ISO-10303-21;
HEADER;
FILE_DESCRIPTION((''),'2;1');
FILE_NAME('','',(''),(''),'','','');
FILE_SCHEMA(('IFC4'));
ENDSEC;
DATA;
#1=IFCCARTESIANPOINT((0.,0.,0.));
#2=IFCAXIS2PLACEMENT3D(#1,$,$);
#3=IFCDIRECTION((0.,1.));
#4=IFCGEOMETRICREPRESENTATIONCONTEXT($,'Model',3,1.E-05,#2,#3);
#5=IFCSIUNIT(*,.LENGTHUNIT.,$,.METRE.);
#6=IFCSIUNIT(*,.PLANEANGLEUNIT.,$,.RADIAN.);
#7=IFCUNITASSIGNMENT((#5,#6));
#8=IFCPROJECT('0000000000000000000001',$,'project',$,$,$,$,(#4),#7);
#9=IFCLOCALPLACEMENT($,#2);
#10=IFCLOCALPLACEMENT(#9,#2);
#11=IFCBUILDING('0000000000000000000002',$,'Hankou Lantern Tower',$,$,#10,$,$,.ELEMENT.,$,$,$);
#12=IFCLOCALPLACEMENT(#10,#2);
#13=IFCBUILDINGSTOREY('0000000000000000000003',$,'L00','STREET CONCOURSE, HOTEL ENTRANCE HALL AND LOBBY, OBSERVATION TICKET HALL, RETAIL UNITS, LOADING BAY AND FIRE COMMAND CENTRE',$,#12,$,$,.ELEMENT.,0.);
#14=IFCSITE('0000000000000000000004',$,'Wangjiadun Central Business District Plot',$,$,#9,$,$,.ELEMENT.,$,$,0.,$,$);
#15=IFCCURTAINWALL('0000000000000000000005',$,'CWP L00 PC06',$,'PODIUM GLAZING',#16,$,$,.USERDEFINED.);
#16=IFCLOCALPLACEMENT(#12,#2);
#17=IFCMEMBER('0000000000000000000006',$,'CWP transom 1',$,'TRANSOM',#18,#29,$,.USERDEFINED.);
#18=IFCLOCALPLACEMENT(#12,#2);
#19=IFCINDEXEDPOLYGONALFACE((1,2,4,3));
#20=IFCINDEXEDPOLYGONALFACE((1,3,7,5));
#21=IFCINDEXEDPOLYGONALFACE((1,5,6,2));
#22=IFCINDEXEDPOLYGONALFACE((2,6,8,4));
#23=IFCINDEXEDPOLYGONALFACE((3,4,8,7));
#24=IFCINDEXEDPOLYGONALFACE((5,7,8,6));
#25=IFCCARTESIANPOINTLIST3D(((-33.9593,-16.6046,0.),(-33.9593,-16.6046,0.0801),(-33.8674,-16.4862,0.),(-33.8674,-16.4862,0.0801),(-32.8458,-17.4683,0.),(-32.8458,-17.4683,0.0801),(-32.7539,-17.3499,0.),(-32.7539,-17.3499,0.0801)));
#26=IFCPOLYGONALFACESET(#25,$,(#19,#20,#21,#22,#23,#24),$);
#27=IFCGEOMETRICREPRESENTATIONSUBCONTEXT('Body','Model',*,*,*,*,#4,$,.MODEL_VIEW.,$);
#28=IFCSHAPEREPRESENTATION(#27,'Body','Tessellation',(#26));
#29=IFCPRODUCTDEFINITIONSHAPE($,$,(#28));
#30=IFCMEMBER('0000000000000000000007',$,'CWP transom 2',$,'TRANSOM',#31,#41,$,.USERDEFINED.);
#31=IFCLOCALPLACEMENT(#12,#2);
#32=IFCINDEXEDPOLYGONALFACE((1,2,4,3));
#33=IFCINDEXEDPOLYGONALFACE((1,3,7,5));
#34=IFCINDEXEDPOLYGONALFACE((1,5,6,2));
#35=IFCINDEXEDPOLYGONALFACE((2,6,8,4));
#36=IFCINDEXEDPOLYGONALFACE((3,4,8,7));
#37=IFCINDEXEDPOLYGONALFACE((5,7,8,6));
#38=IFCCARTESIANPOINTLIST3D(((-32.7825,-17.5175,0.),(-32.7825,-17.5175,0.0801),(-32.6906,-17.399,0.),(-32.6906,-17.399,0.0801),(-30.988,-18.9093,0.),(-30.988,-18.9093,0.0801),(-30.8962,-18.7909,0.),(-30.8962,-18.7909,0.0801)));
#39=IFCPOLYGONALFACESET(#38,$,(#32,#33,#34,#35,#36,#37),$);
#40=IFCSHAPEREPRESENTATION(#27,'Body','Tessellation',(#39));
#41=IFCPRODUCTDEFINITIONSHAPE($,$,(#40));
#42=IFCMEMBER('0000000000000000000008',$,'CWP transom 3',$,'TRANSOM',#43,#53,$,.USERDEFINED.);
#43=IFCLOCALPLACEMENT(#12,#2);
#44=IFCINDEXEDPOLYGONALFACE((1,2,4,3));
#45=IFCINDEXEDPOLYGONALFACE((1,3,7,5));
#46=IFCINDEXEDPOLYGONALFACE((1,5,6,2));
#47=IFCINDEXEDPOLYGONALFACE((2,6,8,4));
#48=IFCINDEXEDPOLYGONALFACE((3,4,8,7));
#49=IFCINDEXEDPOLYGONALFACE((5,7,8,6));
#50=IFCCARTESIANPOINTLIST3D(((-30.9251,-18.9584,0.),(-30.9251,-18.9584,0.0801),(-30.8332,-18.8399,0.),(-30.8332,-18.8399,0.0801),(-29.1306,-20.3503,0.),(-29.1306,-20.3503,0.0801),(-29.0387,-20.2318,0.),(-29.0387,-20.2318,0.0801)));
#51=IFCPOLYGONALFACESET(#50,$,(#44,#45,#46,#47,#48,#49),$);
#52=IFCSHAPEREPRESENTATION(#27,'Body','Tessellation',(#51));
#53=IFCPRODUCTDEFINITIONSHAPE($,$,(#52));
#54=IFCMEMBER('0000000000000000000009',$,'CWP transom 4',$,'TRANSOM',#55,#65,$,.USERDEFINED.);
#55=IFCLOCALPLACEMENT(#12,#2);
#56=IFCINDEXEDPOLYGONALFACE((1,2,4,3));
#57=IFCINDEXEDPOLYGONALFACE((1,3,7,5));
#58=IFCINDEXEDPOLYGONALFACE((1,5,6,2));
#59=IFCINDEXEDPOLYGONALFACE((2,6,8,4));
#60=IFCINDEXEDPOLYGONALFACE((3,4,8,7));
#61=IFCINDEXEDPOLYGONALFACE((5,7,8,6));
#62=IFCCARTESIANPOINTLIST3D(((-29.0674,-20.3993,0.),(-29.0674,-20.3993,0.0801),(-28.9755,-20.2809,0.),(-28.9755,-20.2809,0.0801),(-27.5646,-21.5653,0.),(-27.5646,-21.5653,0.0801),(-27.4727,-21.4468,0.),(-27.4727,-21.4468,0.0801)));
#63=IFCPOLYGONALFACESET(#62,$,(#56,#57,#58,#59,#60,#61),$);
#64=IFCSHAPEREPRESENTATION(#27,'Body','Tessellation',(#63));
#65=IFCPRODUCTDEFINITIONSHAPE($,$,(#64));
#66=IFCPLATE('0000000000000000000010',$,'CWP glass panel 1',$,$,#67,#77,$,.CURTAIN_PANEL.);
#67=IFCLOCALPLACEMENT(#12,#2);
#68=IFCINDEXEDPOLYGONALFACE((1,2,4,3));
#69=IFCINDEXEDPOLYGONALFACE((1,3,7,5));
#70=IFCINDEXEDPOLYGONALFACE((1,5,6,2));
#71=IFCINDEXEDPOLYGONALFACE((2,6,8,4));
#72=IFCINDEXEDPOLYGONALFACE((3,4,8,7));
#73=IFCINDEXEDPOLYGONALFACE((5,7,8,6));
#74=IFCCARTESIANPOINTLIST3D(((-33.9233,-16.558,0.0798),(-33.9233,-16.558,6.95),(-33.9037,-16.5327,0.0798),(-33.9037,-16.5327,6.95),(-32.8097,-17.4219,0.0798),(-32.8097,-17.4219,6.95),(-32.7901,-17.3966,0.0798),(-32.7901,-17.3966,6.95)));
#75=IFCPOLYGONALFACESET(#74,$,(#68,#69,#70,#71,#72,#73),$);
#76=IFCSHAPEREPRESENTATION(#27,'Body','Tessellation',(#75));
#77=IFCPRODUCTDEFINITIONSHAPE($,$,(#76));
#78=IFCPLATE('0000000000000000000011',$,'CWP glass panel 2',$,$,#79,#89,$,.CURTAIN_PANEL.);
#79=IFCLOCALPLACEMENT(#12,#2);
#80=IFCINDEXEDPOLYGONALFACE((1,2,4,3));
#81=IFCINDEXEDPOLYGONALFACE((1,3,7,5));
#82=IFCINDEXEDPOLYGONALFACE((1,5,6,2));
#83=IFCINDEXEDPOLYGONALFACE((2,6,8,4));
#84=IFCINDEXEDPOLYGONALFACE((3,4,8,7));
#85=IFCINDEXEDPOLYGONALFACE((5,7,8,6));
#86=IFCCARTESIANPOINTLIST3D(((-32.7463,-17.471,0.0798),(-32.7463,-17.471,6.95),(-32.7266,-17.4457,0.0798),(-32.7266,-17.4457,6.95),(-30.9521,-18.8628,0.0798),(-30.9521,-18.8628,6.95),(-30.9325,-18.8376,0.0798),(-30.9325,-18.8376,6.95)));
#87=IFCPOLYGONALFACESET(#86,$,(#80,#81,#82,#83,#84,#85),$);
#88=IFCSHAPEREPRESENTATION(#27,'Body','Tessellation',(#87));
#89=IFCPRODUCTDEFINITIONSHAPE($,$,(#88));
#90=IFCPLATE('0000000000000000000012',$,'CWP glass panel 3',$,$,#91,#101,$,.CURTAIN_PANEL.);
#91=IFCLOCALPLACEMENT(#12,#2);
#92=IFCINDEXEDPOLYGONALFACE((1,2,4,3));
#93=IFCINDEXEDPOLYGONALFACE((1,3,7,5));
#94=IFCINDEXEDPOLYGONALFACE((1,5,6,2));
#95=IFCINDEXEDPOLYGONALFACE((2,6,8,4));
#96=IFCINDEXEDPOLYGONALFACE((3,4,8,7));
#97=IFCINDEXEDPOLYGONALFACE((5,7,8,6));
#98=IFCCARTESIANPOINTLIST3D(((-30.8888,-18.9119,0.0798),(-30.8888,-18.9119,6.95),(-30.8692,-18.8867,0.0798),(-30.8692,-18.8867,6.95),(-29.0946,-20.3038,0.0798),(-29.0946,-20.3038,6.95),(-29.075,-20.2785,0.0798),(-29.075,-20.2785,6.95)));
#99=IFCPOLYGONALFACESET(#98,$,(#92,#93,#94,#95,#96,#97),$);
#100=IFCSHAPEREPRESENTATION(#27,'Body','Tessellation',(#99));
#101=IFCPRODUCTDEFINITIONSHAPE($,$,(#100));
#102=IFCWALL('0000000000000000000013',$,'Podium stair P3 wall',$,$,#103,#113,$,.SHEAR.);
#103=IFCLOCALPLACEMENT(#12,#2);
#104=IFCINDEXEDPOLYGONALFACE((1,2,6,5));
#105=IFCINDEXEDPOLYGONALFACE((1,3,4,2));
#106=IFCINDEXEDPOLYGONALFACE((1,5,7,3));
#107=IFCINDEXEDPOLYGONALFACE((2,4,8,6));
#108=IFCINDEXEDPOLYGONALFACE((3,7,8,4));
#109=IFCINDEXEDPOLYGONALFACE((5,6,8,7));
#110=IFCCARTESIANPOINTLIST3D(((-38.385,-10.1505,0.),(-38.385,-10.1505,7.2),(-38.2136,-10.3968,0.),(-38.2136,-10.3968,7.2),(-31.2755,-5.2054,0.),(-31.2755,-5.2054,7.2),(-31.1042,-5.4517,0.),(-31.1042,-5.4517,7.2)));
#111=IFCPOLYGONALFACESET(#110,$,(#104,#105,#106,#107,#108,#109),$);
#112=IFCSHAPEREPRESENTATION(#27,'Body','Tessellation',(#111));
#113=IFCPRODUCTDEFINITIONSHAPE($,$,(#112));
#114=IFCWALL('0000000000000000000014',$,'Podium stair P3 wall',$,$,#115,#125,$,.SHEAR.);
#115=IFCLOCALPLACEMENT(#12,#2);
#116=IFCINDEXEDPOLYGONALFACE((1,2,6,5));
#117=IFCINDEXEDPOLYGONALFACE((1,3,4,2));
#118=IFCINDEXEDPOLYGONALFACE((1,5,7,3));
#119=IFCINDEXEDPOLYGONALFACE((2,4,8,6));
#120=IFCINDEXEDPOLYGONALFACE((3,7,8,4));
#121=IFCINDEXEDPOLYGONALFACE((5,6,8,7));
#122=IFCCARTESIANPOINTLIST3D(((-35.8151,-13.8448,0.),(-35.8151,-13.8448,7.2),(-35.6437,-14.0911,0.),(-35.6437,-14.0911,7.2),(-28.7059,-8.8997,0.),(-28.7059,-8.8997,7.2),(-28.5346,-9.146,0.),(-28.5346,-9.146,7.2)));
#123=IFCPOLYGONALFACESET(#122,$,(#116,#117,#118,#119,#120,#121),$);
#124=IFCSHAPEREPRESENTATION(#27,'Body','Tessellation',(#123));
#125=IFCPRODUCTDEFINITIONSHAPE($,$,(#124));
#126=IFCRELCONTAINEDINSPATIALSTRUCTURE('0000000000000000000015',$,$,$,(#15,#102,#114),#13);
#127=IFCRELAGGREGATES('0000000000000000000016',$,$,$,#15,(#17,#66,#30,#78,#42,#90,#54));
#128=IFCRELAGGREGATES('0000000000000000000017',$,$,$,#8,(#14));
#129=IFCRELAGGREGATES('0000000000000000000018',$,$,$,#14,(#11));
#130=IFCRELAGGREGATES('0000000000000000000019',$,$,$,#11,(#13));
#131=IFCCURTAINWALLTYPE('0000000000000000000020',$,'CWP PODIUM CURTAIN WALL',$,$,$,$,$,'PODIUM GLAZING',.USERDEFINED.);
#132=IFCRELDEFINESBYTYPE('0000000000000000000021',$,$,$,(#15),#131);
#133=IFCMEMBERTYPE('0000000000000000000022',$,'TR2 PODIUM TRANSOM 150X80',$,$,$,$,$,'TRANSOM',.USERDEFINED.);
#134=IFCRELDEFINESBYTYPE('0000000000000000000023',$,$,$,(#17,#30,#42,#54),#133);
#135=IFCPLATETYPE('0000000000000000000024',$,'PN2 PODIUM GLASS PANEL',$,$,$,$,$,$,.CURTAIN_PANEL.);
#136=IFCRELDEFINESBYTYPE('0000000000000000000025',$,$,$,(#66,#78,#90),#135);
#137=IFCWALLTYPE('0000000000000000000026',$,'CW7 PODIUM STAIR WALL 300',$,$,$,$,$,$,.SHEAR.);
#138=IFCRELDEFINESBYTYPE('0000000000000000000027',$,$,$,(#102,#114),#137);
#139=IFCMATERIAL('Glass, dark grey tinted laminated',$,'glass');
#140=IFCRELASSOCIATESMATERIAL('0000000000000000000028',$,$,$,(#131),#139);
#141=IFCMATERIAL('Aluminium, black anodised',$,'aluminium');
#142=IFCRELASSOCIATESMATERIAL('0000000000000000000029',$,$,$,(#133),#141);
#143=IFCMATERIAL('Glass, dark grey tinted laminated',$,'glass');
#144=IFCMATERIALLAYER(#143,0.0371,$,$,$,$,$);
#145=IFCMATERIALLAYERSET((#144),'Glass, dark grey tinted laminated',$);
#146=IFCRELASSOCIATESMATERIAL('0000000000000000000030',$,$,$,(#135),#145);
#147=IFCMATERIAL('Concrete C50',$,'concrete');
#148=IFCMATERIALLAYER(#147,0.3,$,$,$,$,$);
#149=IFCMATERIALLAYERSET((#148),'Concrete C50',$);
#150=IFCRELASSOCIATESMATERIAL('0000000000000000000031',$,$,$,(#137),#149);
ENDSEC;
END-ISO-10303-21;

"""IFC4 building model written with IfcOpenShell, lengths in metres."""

from ifc_helpers import new_model, si_unit, direction, frame, frame_2d, origin, origin_2d, place, context, subcontext, project, spatial, rectangle, extrude, material, layer, layer_set, material_profile, profile_set, type_object, element, aggregate, save


model = new_model("IFC4")

# Units and contexts
model_context = context("Model", 3, precision=1e-05, world=origin(), true_north=direction((0.0, 1.0)))
body_context = subcontext(model_context, "Body", "Model", "MODEL_VIEW")
ifc_project = project(units=[si_unit("LENGTHUNIT", "METRE"), si_unit("PLANEANGLEUNIT", "RADIAN")], contexts=[model_context])

# Site, building, storey
site_placement = place(None, origin())
site = spatial("IfcSite", under=ifc_project, at=site_placement, Name="Wangjiadun Central Business District Plot", CompositionType="ELEMENT", RefElevation=0.0)
building_placement = place(site_placement, origin())
building = spatial("IfcBuilding", under=site, at=building_placement, Name="Hankou Lantern Tower", CompositionType="ELEMENT")
storey_placement = place(building_placement, origin())
storey = spatial("IfcBuildingStorey", under=building, at=storey_placement, Name="L00", Description="STREET CONCOURSE, HOTEL ENTRANCE HALL AND LOBBY, OBSERVATION TICKET HALL, RETAIL UNITS, LOADING BAY AND FIRE COMMAND CENTRE", CompositionType="ELEMENT", Elevation=0.0)

# Curtain wall
ifc_material_1 = material(Name="Glass, dark grey tinted laminated", Category="glass")
curtain_wall_type = type_object("IfcCurtainWallType", Name="CWP PODIUM CURTAIN WALL", ElementType="PODIUM GLAZING", PredefinedType="USERDEFINED", material=ifc_material_1)
curtain_wall_placement = place(storey_placement, origin())
curtain_wall = element("IfcCurtainWall", 1, at=curtain_wall_placement, inside=storey, type_object=curtain_wall_type, Name="CWP L00 PC06", ObjectType="PODIUM GLAZING", PredefinedType="USERDEFINED")

# Members
ifc_material_2 = material(Name="Aluminium, black anodised", Category="aluminium")
ifc_material_profile_1 = material_profile(ifc_material_2, rectangle(XDim=0.1499, YDim=0.0801, at=origin_2d()), Name="TR2 150X80")
ifc_profile_set_1 = profile_set([ifc_material_profile_1], Name="Aluminium, black anodised")
member_type_1 = type_object("IfcMemberType", Name="TR2 PODIUM TRANSOM 150X80", ElementType="TRANSOM", PredefinedType="USERDEFINED", material=ifc_profile_set_1)
member_1_placement = place(storey_placement, frame((-33.9133, -16.5454, 0.04), z_axis=(0.790144, -0.612921, 0.0), x_axis=(0.612921, 0.790144, 0.0)))
member_1 = element("IfcMember", 2, at=member_1_placement, type_object=member_type_1, Name="CWP transom 1", ObjectType="TRANSOM", PredefinedType="USERDEFINED", context=body_context, shape_type="SweptSolid", body=[
    extrude(rectangle(XDim=0.1499, YDim=0.0801, at=origin_2d()), origin(), (0.0, 0.0, 1.0), 1.4092),
])
member_2_placement = place(storey_placement, frame((-32.7366, -17.4583, 0.04), z_axis=(0.790168, -0.612891, 0.0), x_axis=(0.612891, 0.790168, 0.0)))
member_2 = element("IfcMember", 3, at=member_2_placement, type_object=member_type_1, Name="CWP transom 2", ObjectType="TRANSOM", PredefinedType="USERDEFINED", context=body_context, shape_type="SweptSolid", body=[
    extrude(rectangle(XDim=0.1499, YDim=0.0801, at=origin_2d()), origin(), (0.0, 0.0, 1.0), 2.271),
])
member_3_placement = place(storey_placement, frame((-30.8792, -18.8992, 0.04), z_axis=(0.790168, -0.612891, 0.0), x_axis=(0.612891, 0.790168, 0.0)))
member_3 = element("IfcMember", 4, at=member_3_placement, type_object=member_type_1, Name="CWP transom 3", ObjectType="TRANSOM", PredefinedType="USERDEFINED", context=body_context, shape_type="SweptSolid", body=[
    extrude(rectangle(XDim=0.1499, YDim=0.0801, at=origin_2d()), origin(), (0.0, 0.0, 1.0), 2.271),
])
member_4_placement = place(storey_placement, frame((-29.0215, -20.3401, 0.04), z_axis=(0.790098, -0.612981, 0.0), x_axis=(0.612981, 0.790098, 0.0)))
member_4 = element("IfcMember", 5, at=member_4_placement, type_object=member_type_1, Name="CWP transom 4", ObjectType="TRANSOM", PredefinedType="USERDEFINED", context=body_context, shape_type="SweptSolid", body=[
    extrude(rectangle(XDim=0.1499, YDim=0.0801, at=origin_2d()), origin(), (0.0, 0.0, 1.0), 1.9021),
])

# Plates
ifc_material_3 = material(Name="Glass, dark grey tinted laminated", Category="glass")
ifc_layer_1 = layer(ifc_material_3, 0.0371)
ifc_layer_set_1 = layer_set([ifc_layer_1], Name="Glass, dark grey tinted laminated")
plate_type = type_object("IfcPlateType", Name="PN2 PODIUM GLASS PANEL", PredefinedType="CURTAIN_PANEL", material=ifc_layer_set_1)
plate_1_placement = place(storey_placement, frame((-33.3567, -16.9773, 0.0798), z_axis=(0.0, 0.0, 1.0), x_axis=(0.79013, -0.61294, 0.0)))
plate_1 = element("IfcPlate", 6, at=plate_1_placement, type_object=plate_type, Name="CWP glass panel 1", PredefinedType="CURTAIN_PANEL", context=body_context, shape_type="SweptSolid", body=[
    extrude(rectangle(XDim=1.4094, YDim=0.032, at=origin_2d()), origin(), (0.0, 0.0, 1.0), 6.8701),
])
plate_2_placement = place(storey_placement, frame((-31.8394, -18.1543, 0.0798), z_axis=(0.0, 0.0, 1.0), x_axis=(0.79013, -0.61294, 0.0)))
plate_2 = element("IfcPlate", 7, at=plate_2_placement, type_object=plate_type, Name="CWP glass panel 2", PredefinedType="CURTAIN_PANEL", context=body_context, shape_type="SweptSolid", body=[
    extrude(rectangle(XDim=2.2708, YDim=0.032, at=origin_2d()), origin(), (0.0, 0.0, 1.0), 6.8701),
])
plate_3_placement = place(storey_placement, frame((-29.9819, -19.5952, 0.0798), z_axis=(0.0, 0.0, 1.0), x_axis=(0.79013, -0.61294, 0.0)))
plate_3 = element("IfcPlate", 8, at=plate_3_placement, type_object=plate_type, Name="CWP glass panel 3", PredefinedType="CURTAIN_PANEL", context=body_context, shape_type="SweptSolid", body=[
    extrude(rectangle(XDim=2.2708, YDim=0.032, at=origin_2d()), origin(), (0.0, 0.0, 1.0), 6.8701),
])
aggregate(curtain_wall, [member_1, plate_1, member_2, plate_2, member_3, plate_3, member_4])

# Walls
ifc_material_4 = material(Name="Concrete C50", Category="concrete")
ifc_layer_2 = layer(ifc_material_4, 0.3)
ifc_layer_set_2 = layer_set([ifc_layer_2], Name="Concrete C50")
wall_type = type_object("IfcWallType", Name="CW7 PODIUM STAIR WALL 300", PredefinedType="SHEAR", material=ifc_layer_set_2)
wall_1_placement = place(storey_placement, frame((-38.2993, -10.2737, 0.0), z_axis=(0.0, 0.0, 1.0), x_axis=(0.820937, 0.571019, 0.0)))
element("IfcWall", 9, at=wall_1_placement, inside=storey, type_object=wall_type, Name="Podium stair P3 wall", PredefinedType="SHEAR", context=body_context, shape_type="SweptSolid", body=[
    extrude(rectangle(XDim=8.6602, YDim=0.3, at=frame_2d((4.3301, 0.0))), origin(), (0.0, 0.0, 1.0), 7.2),
])
wall_2_placement = place(storey_placement, frame((-35.7295, -13.968, 0.0), z_axis=(0.0, 0.0, 1.0), x_axis=(0.820928, 0.571032, 0.0)))
element("IfcWall", 10, at=wall_2_placement, inside=storey, type_object=wall_type, Name="Podium stair P3 wall", PredefinedType="SHEAR", context=body_context, shape_type="SweptSolid", body=[
    extrude(rectangle(XDim=8.6599, YDim=0.3, at=frame_2d((4.3301, 0.0))), origin(), (0.0, 0.0, 1.0), 7.2),
])

save(model, "model.ifc")
